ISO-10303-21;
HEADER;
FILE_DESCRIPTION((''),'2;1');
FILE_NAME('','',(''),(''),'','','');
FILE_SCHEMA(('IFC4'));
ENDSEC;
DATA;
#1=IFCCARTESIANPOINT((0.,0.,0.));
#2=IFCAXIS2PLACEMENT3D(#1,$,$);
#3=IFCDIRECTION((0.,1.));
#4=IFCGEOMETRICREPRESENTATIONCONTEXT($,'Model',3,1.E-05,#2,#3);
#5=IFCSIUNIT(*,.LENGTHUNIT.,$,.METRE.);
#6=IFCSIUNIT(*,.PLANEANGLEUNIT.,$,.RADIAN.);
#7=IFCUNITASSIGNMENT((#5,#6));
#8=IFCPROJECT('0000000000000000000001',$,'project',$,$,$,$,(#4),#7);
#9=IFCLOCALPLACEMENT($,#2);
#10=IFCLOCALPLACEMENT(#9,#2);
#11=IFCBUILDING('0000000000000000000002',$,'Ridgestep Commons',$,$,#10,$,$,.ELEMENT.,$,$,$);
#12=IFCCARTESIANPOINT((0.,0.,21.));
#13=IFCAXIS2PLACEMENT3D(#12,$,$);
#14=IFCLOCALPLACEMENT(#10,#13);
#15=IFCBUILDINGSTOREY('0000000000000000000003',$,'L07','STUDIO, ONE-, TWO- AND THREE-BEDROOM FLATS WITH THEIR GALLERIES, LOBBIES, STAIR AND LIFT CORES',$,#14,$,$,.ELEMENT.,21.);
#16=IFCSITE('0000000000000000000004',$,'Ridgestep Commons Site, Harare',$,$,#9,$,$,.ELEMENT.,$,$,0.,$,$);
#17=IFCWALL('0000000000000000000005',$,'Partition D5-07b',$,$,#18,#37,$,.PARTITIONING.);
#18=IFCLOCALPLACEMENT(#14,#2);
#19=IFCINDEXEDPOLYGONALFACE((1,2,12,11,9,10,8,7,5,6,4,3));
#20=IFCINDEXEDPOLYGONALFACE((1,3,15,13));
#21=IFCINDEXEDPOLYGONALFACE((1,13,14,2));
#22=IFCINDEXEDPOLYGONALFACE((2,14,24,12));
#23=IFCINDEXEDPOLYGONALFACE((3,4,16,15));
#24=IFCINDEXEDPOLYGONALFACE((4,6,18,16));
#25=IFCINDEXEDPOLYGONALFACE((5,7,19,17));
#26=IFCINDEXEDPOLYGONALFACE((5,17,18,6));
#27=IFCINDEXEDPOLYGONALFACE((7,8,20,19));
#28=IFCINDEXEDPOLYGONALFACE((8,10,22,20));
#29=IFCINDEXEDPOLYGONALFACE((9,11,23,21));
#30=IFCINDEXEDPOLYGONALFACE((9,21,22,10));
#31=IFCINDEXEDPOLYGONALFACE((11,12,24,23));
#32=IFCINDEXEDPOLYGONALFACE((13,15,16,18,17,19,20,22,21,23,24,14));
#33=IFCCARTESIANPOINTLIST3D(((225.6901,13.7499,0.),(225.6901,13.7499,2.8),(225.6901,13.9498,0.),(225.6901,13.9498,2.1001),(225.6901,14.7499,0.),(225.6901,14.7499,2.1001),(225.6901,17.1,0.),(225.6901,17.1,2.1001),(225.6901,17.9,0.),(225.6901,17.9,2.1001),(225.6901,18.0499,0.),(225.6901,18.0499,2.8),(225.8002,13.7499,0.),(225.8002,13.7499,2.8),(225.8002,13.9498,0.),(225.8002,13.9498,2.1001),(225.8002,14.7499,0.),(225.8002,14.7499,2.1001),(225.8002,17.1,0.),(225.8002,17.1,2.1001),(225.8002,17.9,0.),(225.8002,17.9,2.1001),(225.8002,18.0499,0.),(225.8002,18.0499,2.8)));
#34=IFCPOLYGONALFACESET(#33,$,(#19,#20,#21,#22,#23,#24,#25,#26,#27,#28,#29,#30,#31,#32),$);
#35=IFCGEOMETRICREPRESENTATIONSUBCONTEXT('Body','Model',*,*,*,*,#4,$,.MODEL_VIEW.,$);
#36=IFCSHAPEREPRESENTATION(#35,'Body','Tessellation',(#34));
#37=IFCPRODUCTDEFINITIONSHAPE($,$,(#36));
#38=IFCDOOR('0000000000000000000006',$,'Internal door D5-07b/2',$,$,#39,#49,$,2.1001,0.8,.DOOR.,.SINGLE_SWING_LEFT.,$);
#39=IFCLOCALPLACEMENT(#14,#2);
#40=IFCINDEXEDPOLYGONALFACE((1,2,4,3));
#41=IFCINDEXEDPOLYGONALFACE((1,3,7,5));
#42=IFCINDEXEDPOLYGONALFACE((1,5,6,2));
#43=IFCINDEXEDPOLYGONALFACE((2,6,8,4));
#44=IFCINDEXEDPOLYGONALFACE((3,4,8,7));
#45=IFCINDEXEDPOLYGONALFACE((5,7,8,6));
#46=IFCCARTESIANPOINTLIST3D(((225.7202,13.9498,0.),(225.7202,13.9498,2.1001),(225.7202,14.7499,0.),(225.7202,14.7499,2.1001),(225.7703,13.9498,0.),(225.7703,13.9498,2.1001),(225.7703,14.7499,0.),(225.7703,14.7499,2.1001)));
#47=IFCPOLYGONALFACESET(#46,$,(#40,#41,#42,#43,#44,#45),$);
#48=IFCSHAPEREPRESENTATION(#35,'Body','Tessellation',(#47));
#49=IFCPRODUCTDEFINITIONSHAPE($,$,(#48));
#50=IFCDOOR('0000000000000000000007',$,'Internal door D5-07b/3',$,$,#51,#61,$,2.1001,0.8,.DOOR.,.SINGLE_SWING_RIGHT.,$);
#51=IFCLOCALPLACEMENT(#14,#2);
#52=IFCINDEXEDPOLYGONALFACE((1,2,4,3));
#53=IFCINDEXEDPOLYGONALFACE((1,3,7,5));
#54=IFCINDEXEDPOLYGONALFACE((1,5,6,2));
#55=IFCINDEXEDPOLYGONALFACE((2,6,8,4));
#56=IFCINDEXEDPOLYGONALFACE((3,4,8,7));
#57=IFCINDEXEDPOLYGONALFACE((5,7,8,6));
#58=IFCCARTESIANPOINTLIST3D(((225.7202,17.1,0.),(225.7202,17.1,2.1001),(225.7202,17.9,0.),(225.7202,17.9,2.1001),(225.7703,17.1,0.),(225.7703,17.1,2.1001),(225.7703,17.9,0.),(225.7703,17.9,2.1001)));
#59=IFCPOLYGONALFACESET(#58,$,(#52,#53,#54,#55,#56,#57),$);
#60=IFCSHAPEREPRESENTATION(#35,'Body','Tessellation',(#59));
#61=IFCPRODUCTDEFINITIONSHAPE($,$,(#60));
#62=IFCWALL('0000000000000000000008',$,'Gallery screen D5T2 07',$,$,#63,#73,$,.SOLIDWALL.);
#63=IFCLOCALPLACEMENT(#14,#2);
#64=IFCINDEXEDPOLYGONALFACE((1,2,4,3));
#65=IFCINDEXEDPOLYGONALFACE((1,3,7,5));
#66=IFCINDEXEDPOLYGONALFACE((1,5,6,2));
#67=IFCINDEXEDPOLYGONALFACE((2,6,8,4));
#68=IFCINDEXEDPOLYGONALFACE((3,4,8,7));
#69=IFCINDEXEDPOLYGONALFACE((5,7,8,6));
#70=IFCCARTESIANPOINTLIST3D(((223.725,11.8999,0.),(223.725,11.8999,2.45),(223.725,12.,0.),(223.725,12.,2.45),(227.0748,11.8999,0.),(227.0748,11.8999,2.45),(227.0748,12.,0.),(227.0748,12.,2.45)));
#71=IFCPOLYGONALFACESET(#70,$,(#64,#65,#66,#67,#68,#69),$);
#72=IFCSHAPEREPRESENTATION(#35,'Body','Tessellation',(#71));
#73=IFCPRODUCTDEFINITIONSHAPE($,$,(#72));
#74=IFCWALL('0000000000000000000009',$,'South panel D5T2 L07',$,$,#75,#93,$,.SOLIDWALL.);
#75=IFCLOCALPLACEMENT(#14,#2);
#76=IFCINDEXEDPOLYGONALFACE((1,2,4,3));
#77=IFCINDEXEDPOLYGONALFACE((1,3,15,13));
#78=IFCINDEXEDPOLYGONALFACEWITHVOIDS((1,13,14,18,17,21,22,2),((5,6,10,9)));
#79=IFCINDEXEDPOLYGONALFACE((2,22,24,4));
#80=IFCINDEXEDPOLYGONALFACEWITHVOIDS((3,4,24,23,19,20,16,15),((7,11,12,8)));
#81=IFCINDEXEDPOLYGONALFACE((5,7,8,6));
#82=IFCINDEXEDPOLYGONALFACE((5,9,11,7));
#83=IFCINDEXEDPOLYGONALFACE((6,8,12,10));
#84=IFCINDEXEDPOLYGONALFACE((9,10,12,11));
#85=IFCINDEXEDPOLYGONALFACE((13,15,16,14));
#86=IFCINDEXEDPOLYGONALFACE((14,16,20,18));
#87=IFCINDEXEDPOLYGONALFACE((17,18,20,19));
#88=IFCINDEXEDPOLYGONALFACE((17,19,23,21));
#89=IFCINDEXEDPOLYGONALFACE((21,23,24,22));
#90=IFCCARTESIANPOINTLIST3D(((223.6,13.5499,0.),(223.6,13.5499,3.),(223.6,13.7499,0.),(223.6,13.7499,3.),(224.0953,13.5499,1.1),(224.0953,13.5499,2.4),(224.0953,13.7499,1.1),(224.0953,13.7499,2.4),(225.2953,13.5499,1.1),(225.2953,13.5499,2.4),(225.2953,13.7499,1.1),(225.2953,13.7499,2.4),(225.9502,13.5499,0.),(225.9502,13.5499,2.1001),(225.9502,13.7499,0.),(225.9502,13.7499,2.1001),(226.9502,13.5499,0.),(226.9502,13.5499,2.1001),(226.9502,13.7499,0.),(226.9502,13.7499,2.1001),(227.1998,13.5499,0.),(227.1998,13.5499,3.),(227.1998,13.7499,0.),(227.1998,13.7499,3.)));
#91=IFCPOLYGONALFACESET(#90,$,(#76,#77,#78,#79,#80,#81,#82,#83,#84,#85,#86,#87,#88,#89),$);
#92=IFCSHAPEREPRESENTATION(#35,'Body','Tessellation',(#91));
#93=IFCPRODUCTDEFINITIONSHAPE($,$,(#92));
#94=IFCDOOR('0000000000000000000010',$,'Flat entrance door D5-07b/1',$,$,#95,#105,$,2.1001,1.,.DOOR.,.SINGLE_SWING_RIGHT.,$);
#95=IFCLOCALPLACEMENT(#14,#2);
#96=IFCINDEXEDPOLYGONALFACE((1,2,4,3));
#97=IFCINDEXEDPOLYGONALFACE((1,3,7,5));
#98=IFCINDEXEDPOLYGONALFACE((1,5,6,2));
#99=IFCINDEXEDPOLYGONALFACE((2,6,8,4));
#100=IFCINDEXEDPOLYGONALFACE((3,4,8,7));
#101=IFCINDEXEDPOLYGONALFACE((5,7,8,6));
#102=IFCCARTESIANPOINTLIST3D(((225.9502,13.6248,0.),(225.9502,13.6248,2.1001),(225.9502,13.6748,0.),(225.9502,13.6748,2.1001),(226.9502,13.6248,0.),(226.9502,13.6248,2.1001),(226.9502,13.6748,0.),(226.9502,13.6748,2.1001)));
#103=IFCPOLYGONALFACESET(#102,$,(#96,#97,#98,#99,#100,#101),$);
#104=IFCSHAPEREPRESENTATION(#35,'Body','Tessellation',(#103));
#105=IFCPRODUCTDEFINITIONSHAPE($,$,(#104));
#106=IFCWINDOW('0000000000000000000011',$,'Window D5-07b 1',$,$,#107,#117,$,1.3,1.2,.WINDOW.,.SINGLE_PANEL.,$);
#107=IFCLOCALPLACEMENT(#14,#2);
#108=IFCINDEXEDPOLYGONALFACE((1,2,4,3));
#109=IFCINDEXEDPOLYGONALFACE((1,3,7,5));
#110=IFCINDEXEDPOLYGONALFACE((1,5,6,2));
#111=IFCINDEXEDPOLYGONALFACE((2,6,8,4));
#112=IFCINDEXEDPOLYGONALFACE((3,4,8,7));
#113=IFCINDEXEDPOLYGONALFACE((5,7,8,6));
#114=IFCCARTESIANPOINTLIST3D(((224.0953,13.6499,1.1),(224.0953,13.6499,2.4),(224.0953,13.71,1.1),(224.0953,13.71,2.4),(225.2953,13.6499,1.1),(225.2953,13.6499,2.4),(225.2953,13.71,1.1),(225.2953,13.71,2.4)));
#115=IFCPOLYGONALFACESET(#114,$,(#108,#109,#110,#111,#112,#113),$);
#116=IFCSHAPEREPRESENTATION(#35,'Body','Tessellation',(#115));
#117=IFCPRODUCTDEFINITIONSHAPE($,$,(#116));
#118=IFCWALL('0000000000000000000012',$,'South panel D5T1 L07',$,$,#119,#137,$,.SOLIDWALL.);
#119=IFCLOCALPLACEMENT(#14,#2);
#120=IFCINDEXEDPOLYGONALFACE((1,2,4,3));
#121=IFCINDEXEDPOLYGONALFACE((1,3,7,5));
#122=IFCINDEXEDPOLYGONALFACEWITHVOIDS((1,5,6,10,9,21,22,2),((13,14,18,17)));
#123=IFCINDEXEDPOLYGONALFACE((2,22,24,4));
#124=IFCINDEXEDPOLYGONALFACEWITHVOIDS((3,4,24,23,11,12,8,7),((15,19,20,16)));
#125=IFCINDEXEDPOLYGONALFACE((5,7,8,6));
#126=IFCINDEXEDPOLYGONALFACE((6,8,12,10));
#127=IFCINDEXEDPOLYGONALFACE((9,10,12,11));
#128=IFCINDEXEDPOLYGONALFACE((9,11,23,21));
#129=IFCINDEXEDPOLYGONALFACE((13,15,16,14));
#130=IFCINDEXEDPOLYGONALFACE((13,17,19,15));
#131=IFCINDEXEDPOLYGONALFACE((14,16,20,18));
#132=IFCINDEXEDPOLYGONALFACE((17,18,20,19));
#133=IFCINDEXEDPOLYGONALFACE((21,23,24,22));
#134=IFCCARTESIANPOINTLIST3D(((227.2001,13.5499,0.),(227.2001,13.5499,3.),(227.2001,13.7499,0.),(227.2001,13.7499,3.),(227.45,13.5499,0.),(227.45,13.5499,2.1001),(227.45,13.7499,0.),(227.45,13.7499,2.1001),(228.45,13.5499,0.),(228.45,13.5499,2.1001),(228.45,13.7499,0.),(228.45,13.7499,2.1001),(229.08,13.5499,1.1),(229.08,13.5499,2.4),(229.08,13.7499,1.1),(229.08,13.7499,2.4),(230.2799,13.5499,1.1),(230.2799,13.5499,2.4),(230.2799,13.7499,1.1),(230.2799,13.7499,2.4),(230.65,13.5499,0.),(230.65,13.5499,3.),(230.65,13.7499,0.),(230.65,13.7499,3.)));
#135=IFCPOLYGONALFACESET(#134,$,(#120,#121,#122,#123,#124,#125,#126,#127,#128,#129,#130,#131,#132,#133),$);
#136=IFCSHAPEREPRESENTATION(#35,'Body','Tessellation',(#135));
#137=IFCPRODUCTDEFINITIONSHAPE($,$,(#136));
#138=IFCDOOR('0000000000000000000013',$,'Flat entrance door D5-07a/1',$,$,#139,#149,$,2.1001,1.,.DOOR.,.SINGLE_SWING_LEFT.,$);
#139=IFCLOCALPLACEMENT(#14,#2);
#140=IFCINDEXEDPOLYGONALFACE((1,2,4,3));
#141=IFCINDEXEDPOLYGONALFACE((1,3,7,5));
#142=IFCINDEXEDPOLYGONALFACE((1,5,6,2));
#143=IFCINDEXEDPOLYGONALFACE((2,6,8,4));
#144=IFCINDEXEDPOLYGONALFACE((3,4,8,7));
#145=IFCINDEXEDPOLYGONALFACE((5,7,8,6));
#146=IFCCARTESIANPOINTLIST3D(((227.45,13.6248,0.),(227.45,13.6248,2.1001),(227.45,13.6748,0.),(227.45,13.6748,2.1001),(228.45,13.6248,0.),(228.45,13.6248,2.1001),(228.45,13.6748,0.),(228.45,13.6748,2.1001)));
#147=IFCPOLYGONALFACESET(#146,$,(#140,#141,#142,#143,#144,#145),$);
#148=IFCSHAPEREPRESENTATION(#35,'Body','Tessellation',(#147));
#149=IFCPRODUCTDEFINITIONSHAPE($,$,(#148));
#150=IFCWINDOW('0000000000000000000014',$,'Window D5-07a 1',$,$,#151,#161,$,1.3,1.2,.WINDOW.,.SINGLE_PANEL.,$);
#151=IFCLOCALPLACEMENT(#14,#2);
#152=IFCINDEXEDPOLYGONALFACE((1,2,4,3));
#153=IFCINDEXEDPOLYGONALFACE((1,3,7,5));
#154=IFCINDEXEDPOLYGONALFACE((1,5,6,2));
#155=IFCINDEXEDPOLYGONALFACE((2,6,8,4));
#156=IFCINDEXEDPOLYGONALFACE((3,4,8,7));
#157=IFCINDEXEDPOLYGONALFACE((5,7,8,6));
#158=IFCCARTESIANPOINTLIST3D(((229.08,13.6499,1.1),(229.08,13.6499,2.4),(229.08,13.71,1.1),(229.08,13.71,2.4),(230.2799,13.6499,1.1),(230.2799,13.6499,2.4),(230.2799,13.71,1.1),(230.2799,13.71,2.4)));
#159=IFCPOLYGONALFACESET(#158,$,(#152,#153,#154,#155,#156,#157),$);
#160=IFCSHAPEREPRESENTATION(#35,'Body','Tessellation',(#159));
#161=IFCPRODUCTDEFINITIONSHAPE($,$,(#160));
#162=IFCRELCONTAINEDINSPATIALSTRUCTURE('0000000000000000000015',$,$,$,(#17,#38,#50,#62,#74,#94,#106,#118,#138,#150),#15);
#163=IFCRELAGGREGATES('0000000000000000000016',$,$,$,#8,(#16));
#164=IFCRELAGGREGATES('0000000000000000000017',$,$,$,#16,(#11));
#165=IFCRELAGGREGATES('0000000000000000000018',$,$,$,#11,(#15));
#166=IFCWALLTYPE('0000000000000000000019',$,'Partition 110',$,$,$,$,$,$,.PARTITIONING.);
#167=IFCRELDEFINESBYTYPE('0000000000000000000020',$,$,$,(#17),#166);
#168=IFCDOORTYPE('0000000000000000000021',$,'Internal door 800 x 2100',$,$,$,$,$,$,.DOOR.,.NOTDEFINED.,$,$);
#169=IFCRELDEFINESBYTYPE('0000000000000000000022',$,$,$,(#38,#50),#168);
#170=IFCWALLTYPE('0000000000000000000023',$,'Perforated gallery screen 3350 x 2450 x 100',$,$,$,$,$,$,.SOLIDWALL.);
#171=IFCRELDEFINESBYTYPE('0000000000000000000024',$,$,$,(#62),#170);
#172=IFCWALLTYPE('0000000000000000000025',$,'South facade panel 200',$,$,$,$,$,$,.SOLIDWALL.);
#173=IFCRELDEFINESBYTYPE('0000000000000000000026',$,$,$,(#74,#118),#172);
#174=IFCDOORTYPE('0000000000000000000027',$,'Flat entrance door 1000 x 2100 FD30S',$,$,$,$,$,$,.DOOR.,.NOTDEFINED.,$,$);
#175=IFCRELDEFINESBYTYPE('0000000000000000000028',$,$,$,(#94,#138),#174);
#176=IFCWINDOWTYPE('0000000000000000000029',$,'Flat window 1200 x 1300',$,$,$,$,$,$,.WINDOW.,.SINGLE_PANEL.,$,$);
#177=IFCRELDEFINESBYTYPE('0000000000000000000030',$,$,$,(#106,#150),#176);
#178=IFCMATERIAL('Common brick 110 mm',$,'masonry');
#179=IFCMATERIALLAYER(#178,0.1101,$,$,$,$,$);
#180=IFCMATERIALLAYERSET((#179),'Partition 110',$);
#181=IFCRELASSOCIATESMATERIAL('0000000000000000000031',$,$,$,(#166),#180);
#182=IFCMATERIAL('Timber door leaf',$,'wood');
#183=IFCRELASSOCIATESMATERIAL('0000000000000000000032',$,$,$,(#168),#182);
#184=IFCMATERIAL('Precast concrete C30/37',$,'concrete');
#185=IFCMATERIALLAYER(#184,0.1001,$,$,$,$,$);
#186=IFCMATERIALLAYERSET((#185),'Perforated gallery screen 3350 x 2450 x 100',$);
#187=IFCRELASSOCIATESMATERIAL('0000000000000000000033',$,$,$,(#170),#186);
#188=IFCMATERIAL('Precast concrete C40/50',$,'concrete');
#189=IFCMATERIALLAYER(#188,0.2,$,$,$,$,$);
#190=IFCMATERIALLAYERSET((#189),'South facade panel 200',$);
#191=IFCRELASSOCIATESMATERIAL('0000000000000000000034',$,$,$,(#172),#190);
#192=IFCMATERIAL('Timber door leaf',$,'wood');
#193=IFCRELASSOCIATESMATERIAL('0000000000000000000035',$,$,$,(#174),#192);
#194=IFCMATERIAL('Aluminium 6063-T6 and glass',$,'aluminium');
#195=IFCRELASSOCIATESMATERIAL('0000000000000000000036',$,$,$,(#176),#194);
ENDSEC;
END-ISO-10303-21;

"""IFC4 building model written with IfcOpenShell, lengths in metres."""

from ifc_helpers import new_model, si_unit, direction, frame, frame_2d, origin, place, context, subcontext, project, spatial, rectangle, extrude, material, layer, layer_set, type_object, element, fill, save


model = new_model("IFC4")

# Units and contexts
model_context = context("Model", 3, precision=1e-05, world=origin(), true_north=direction((0.0, 1.0)))
body_context = subcontext(model_context, "Body", "Model", "MODEL_VIEW")
ifc_project = project(units=[si_unit("LENGTHUNIT", "METRE"), si_unit("PLANEANGLEUNIT", "RADIAN")], contexts=[model_context])

# Site, building, storey
site_placement = place(None, origin())
site = spatial("IfcSite", under=ifc_project, at=site_placement, Name="Ridgestep Commons Site, Harare", CompositionType="ELEMENT", RefElevation=0.0)
building_placement = place(site_placement, origin())
building = spatial("IfcBuilding", under=site, at=building_placement, Name="Ridgestep Commons", CompositionType="ELEMENT")
storey_placement = place(building_placement, frame((0.0, 0.0, 21.0)))
storey = spatial("IfcBuildingStorey", under=building, at=storey_placement, Name="L07", Description="STUDIO, ONE-, TWO- AND THREE-BEDROOM FLATS WITH THEIR GALLERIES, LOBBIES, STAIR AND LIFT CORES", CompositionType="ELEMENT", Elevation=21.0)

# Wall, openings, doors
ifc_material_1 = material(Name="Common brick 110 mm", Category="masonry")
ifc_layer_1 = layer(ifc_material_1, 0.1101)
ifc_layer_set_1 = layer_set([ifc_layer_1], Name="Partition 110")
wall_type_1 = type_object("IfcWallType", Name="Partition 110", PredefinedType="PARTITIONING", material=ifc_layer_set_1)
ifc_material_2 = material(Name="Timber door leaf", Category="wood")
door_type_1 = type_object("IfcDoorType", Name="Internal door 800 x 2100", OperationType="NOTDEFINED", PredefinedType="DOOR", material=ifc_material_2)
wall_1_placement = place(storey_placement, frame((225.7451, 13.75, 0.0), z_axis=(0.0, 0.0, 1.0), x_axis=(0.0, 1.0, 0.0)))
wall_1 = element("IfcWall", 1, at=wall_1_placement, inside=storey, type_object=wall_type_1, Name="Partition D5-07b", PredefinedType="PARTITIONING", context=body_context, shape_type="SweptSolid", body=[
    extrude(rectangle(XDim=4.3, YDim=0.1101, at=frame_2d((2.1499, 0.0))), origin(), (0.0, 0.0, 1.0), 2.8),
])
opening_1_placement = place(wall_1_placement, frame((0.2, 0.0, 0.0)))
opening_1 = element("IfcOpeningElement", 2, at=opening_1_placement, cuts=wall_1, PredefinedType="OPENING", context=body_context, shape_type="SweptSolid", body=[
    extrude(rectangle(XDim=0.8, YDim=2.1001, at=frame_2d((0.3999, 1.05))), frame((0.0, 0.0649, 0.0), z_axis=(0.0, -1.0, 0.0), x_axis=(1.0, 0.0, 0.0)), (0.0, 0.0, 1.0), 0.1301),
])
opening_2_placement = place(wall_1_placement, frame((3.3501, 0.0, 0.0)))
opening_2 = element("IfcOpeningElement", 3, at=opening_2_placement, cuts=wall_1, PredefinedType="OPENING", context=body_context, shape_type="SweptSolid", body=[
    extrude(rectangle(XDim=0.8, YDim=2.1001, at=frame_2d((0.3999, 1.05))), frame((0.0, 0.0649, 0.0), z_axis=(0.0, -1.0, 0.0), x_axis=(1.0, 0.0, 0.0)), (0.0, 0.0, 1.0), 0.1301),
])
door_1_placement = place(opening_1_placement, origin())
door_1 = element("IfcDoor", 4, at=door_1_placement, inside=storey, type_object=door_type_1, Name="Internal door D5-07b/2", OperationType="SINGLE_SWING_LEFT", OverallHeight=2.1001, OverallWidth=0.8, PredefinedType="DOOR", context=body_context, shape_type="SweptSolid", body=[
    extrude(rectangle(XDim=0.8, YDim=2.1001, at=frame_2d((0.3999, 1.05))), frame((0.0, 0.0249, 0.0), z_axis=(0.0, -1.0, 0.0), x_axis=(1.0, 0.0, 0.0)), (0.0, 0.0, 1.0), 0.05),
])
fill(opening_1, door_1)
door_2_placement = place(opening_2_placement, origin())
door_2 = element("IfcDoor", 5, at=door_2_placement, inside=storey, type_object=door_type_1, Name="Internal door D5-07b/3", OperationType="SINGLE_SWING_RIGHT", OverallHeight=2.1001, OverallWidth=0.8, PredefinedType="DOOR", context=body_context, shape_type="SweptSolid", body=[
    extrude(rectangle(XDim=0.8, YDim=2.1001, at=frame_2d((0.3999, 1.05))), frame((0.0, 0.0249, 0.0), z_axis=(0.0, -1.0, 0.0), x_axis=(1.0, 0.0, 0.0)), (0.0, 0.0, 1.0), 0.05),
])
fill(opening_2, door_2)

# Wall
ifc_material_3 = material(Name="Precast concrete C30/37", Category="concrete")
ifc_layer_2 = layer(ifc_material_3, 0.1001)
ifc_layer_set_2 = layer_set([ifc_layer_2], Name="Perforated gallery screen 3350 x 2450 x 100")
wall_type_2 = type_object("IfcWallType", Name="Perforated gallery screen 3350 x 2450 x 100", PredefinedType="SOLIDWALL", material=ifc_layer_set_2)
wall_2_placement = place(storey_placement, frame((223.7251, 11.95, 0.0), z_axis=(0.0, 0.0, 1.0), x_axis=(1.0, 0.0, 0.0)))
element("IfcWall", 6, at=wall_2_placement, inside=storey, type_object=wall_type_2, Name="Gallery screen D5T2 07", PredefinedType="SOLIDWALL", context=body_context, shape_type="SweptSolid", body=[
    extrude(rectangle(XDim=3.3499, YDim=0.1001, at=frame_2d((1.6748, 0.0))), origin(), (0.0, 0.0, 1.0), 2.45),
])

# Walls, openings, doors, windows
ifc_material_4 = material(Name="Precast concrete C40/50", Category="concrete")
ifc_layer_3 = layer(ifc_material_4, 0.2)
ifc_layer_set_3 = layer_set([ifc_layer_3], Name="South facade panel 200")
wall_type_3 = type_object("IfcWallType", Name="South facade panel 200", PredefinedType="SOLIDWALL", material=ifc_layer_set_3)
wall_3_placement = place(storey_placement, frame((223.6001, 13.6499, 0.0), z_axis=(0.0, 0.0, 1.0), x_axis=(1.0, 0.0, 0.0)))
wall_3 = element("IfcWall", 7, at=wall_3_placement, inside=storey, type_object=wall_type_3, Name="South panel D5T2 L07", PredefinedType="SOLIDWALL", context=body_context, shape_type="SweptSolid", body=[
    extrude(rectangle(XDim=3.5999, YDim=0.2, at=frame_2d((1.7998, 0.0))), origin(), (0.0, 0.0, 1.0), 3.0),
])
opening_3_placement = place(wall_3_placement, frame((0.4951, 0.0, 1.1001)))
opening_3 = element("IfcOpeningElement", 8, at=opening_3_placement, cuts=wall_3, PredefinedType="OPENING", context=body_context, shape_type="SweptSolid", body=[
    extrude(rectangle(XDim=1.2, YDim=1.3, at=frame_2d((0.6001, 0.6499))), frame((0.0, 0.1099, 0.0), z_axis=(0.0, -1.0, 0.0), x_axis=(1.0, 0.0, 0.0)), (0.0, 0.0, 1.0), 0.22),
])
opening_4_placement = place(wall_3_placement, frame((2.3501, 0.0, 0.0)))
opening_4 = element("IfcOpeningElement", 9, at=opening_4_placement, cuts=wall_3, PredefinedType="OPENING", context=body_context, shape_type="SweptSolid", body=[
    extrude(rectangle(XDim=1.0, YDim=2.1001, at=frame_2d((0.5, 1.05))), frame((0.0, 0.1099, 0.0), z_axis=(0.0, -1.0, 0.0), x_axis=(1.0, 0.0, 0.0)), (0.0, 0.0, 1.0), 0.22),
])
ifc_material_5 = material(Name="Timber door leaf", Category="wood")
door_type_2 = type_object("IfcDoorType", Name="Flat entrance door 1000 x 2100 FD30S", OperationType="NOTDEFINED", PredefinedType="DOOR", material=ifc_material_5)
door_3_placement = place(opening_4_placement, origin())
door_3 = element("IfcDoor", 10, at=door_3_placement, inside=storey, type_object=door_type_2, Name="Flat entrance door D5-07b/1", OperationType="SINGLE_SWING_RIGHT", OverallHeight=2.1001, OverallWidth=1.0, PredefinedType="DOOR", context=body_context, shape_type="SweptSolid", body=[
    extrude(rectangle(XDim=1.0, YDim=2.1001, at=frame_2d((0.5, 1.05))), frame((0.0, 0.0249, 0.0), z_axis=(0.0, -1.0, 0.0), x_axis=(1.0, 0.0, 0.0)), (0.0, 0.0, 1.0), 0.05),
])
fill(opening_4, door_3)
ifc_material_6 = material(Name="Aluminium 6063-T6 and glass", Category="aluminium")
window_type = type_object("IfcWindowType", Name="Flat window 1200 x 1300", PartitioningType="SINGLE_PANEL", PredefinedType="WINDOW", material=ifc_material_6)
window_1_placement = place(opening_3_placement, origin())
window_1 = element("IfcWindow", 11, at=window_1_placement, inside=storey, type_object=window_type, Name="Window D5-07b 1", OverallHeight=1.3, OverallWidth=1.2, PartitioningType="SINGLE_PANEL", PredefinedType="WINDOW", context=body_context, shape_type="SweptSolid", body=[
    extrude(rectangle(XDim=1.2, YDim=1.3, at=frame_2d((0.6001, 0.6499))), frame((0.0, 0.0601, 0.0), z_axis=(0.0, -1.0, 0.0), x_axis=(1.0, 0.0, 0.0)), (0.0, 0.0, 1.0), 0.0601),
])
fill(opening_3, window_1)
wall_4_placement = place(storey_placement, frame((227.2, 13.6499, 0.0), z_axis=(0.0, 0.0, 1.0), x_axis=(1.0, 0.0, 0.0)))
wall_4 = element("IfcWall", 12, at=wall_4_placement, inside=storey, type_object=wall_type_3, Name="South panel D5T1 L07", PredefinedType="SOLIDWALL", context=body_context, shape_type="SweptSolid", body=[
    extrude(rectangle(XDim=3.45, YDim=0.2, at=frame_2d((1.7251, 0.0))), origin(), (0.0, 0.0, 1.0), 3.0),
])
opening_5_placement = place(wall_4_placement, frame((1.8799, 0.0, 1.1001)))
opening_5 = element("IfcOpeningElement", 13, at=opening_5_placement, cuts=wall_4, PredefinedType="OPENING", context=body_context, shape_type="SweptSolid", body=[
    extrude(rectangle(XDim=1.2, YDim=1.3, at=frame_2d((0.6001, 0.6499))), frame((0.0, 0.1099, 0.0), z_axis=(0.0, -1.0, 0.0), x_axis=(1.0, 0.0, 0.0)), (0.0, 0.0, 1.0), 0.22),
])
opening_6_placement = place(wall_4_placement, frame((0.25, 0.0, 0.0)))
opening_6 = element("IfcOpeningElement", 14, at=opening_6_placement, cuts=wall_4, PredefinedType="OPENING", context=body_context, shape_type="SweptSolid", body=[
    extrude(rectangle(XDim=1.0, YDim=2.1001, at=frame_2d((0.5, 1.05))), frame((0.0, 0.1099, 0.0), z_axis=(0.0, -1.0, 0.0), x_axis=(1.0, 0.0, 0.0)), (0.0, 0.0, 1.0), 0.22),
])
door_4_placement = place(opening_6_placement, origin())
door_4 = element("IfcDoor", 15, at=door_4_placement, inside=storey, type_object=door_type_2, Name="Flat entrance door D5-07a/1", OperationType="SINGLE_SWING_LEFT", OverallHeight=2.1001, OverallWidth=1.0, PredefinedType="DOOR", context=body_context, shape_type="SweptSolid", body=[
    extrude(rectangle(XDim=1.0, YDim=2.1001, at=frame_2d((0.5, 1.05))), frame((0.0, 0.0249, 0.0), z_axis=(0.0, -1.0, 0.0), x_axis=(1.0, 0.0, 0.0)), (0.0, 0.0, 1.0), 0.05),
])
fill(opening_6, door_4)
window_2_placement = place(opening_5_placement, origin())
window_2 = element("IfcWindow", 16, at=window_2_placement, inside=storey, type_object=window_type, Name="Window D5-07a 1", OverallHeight=1.3, OverallWidth=1.2, PartitioningType="SINGLE_PANEL", PredefinedType="WINDOW", context=body_context, shape_type="SweptSolid", body=[
    extrude(rectangle(XDim=1.2, YDim=1.3, at=frame_2d((0.6001, 0.6499))), frame((0.0, 0.0601, 0.0), z_axis=(0.0, -1.0, 0.0), x_axis=(1.0, 0.0, 0.0)), (0.0, 0.0, 1.0), 0.0601),
])
fill(opening_5, window_2)

save(model, "model.ifc")
